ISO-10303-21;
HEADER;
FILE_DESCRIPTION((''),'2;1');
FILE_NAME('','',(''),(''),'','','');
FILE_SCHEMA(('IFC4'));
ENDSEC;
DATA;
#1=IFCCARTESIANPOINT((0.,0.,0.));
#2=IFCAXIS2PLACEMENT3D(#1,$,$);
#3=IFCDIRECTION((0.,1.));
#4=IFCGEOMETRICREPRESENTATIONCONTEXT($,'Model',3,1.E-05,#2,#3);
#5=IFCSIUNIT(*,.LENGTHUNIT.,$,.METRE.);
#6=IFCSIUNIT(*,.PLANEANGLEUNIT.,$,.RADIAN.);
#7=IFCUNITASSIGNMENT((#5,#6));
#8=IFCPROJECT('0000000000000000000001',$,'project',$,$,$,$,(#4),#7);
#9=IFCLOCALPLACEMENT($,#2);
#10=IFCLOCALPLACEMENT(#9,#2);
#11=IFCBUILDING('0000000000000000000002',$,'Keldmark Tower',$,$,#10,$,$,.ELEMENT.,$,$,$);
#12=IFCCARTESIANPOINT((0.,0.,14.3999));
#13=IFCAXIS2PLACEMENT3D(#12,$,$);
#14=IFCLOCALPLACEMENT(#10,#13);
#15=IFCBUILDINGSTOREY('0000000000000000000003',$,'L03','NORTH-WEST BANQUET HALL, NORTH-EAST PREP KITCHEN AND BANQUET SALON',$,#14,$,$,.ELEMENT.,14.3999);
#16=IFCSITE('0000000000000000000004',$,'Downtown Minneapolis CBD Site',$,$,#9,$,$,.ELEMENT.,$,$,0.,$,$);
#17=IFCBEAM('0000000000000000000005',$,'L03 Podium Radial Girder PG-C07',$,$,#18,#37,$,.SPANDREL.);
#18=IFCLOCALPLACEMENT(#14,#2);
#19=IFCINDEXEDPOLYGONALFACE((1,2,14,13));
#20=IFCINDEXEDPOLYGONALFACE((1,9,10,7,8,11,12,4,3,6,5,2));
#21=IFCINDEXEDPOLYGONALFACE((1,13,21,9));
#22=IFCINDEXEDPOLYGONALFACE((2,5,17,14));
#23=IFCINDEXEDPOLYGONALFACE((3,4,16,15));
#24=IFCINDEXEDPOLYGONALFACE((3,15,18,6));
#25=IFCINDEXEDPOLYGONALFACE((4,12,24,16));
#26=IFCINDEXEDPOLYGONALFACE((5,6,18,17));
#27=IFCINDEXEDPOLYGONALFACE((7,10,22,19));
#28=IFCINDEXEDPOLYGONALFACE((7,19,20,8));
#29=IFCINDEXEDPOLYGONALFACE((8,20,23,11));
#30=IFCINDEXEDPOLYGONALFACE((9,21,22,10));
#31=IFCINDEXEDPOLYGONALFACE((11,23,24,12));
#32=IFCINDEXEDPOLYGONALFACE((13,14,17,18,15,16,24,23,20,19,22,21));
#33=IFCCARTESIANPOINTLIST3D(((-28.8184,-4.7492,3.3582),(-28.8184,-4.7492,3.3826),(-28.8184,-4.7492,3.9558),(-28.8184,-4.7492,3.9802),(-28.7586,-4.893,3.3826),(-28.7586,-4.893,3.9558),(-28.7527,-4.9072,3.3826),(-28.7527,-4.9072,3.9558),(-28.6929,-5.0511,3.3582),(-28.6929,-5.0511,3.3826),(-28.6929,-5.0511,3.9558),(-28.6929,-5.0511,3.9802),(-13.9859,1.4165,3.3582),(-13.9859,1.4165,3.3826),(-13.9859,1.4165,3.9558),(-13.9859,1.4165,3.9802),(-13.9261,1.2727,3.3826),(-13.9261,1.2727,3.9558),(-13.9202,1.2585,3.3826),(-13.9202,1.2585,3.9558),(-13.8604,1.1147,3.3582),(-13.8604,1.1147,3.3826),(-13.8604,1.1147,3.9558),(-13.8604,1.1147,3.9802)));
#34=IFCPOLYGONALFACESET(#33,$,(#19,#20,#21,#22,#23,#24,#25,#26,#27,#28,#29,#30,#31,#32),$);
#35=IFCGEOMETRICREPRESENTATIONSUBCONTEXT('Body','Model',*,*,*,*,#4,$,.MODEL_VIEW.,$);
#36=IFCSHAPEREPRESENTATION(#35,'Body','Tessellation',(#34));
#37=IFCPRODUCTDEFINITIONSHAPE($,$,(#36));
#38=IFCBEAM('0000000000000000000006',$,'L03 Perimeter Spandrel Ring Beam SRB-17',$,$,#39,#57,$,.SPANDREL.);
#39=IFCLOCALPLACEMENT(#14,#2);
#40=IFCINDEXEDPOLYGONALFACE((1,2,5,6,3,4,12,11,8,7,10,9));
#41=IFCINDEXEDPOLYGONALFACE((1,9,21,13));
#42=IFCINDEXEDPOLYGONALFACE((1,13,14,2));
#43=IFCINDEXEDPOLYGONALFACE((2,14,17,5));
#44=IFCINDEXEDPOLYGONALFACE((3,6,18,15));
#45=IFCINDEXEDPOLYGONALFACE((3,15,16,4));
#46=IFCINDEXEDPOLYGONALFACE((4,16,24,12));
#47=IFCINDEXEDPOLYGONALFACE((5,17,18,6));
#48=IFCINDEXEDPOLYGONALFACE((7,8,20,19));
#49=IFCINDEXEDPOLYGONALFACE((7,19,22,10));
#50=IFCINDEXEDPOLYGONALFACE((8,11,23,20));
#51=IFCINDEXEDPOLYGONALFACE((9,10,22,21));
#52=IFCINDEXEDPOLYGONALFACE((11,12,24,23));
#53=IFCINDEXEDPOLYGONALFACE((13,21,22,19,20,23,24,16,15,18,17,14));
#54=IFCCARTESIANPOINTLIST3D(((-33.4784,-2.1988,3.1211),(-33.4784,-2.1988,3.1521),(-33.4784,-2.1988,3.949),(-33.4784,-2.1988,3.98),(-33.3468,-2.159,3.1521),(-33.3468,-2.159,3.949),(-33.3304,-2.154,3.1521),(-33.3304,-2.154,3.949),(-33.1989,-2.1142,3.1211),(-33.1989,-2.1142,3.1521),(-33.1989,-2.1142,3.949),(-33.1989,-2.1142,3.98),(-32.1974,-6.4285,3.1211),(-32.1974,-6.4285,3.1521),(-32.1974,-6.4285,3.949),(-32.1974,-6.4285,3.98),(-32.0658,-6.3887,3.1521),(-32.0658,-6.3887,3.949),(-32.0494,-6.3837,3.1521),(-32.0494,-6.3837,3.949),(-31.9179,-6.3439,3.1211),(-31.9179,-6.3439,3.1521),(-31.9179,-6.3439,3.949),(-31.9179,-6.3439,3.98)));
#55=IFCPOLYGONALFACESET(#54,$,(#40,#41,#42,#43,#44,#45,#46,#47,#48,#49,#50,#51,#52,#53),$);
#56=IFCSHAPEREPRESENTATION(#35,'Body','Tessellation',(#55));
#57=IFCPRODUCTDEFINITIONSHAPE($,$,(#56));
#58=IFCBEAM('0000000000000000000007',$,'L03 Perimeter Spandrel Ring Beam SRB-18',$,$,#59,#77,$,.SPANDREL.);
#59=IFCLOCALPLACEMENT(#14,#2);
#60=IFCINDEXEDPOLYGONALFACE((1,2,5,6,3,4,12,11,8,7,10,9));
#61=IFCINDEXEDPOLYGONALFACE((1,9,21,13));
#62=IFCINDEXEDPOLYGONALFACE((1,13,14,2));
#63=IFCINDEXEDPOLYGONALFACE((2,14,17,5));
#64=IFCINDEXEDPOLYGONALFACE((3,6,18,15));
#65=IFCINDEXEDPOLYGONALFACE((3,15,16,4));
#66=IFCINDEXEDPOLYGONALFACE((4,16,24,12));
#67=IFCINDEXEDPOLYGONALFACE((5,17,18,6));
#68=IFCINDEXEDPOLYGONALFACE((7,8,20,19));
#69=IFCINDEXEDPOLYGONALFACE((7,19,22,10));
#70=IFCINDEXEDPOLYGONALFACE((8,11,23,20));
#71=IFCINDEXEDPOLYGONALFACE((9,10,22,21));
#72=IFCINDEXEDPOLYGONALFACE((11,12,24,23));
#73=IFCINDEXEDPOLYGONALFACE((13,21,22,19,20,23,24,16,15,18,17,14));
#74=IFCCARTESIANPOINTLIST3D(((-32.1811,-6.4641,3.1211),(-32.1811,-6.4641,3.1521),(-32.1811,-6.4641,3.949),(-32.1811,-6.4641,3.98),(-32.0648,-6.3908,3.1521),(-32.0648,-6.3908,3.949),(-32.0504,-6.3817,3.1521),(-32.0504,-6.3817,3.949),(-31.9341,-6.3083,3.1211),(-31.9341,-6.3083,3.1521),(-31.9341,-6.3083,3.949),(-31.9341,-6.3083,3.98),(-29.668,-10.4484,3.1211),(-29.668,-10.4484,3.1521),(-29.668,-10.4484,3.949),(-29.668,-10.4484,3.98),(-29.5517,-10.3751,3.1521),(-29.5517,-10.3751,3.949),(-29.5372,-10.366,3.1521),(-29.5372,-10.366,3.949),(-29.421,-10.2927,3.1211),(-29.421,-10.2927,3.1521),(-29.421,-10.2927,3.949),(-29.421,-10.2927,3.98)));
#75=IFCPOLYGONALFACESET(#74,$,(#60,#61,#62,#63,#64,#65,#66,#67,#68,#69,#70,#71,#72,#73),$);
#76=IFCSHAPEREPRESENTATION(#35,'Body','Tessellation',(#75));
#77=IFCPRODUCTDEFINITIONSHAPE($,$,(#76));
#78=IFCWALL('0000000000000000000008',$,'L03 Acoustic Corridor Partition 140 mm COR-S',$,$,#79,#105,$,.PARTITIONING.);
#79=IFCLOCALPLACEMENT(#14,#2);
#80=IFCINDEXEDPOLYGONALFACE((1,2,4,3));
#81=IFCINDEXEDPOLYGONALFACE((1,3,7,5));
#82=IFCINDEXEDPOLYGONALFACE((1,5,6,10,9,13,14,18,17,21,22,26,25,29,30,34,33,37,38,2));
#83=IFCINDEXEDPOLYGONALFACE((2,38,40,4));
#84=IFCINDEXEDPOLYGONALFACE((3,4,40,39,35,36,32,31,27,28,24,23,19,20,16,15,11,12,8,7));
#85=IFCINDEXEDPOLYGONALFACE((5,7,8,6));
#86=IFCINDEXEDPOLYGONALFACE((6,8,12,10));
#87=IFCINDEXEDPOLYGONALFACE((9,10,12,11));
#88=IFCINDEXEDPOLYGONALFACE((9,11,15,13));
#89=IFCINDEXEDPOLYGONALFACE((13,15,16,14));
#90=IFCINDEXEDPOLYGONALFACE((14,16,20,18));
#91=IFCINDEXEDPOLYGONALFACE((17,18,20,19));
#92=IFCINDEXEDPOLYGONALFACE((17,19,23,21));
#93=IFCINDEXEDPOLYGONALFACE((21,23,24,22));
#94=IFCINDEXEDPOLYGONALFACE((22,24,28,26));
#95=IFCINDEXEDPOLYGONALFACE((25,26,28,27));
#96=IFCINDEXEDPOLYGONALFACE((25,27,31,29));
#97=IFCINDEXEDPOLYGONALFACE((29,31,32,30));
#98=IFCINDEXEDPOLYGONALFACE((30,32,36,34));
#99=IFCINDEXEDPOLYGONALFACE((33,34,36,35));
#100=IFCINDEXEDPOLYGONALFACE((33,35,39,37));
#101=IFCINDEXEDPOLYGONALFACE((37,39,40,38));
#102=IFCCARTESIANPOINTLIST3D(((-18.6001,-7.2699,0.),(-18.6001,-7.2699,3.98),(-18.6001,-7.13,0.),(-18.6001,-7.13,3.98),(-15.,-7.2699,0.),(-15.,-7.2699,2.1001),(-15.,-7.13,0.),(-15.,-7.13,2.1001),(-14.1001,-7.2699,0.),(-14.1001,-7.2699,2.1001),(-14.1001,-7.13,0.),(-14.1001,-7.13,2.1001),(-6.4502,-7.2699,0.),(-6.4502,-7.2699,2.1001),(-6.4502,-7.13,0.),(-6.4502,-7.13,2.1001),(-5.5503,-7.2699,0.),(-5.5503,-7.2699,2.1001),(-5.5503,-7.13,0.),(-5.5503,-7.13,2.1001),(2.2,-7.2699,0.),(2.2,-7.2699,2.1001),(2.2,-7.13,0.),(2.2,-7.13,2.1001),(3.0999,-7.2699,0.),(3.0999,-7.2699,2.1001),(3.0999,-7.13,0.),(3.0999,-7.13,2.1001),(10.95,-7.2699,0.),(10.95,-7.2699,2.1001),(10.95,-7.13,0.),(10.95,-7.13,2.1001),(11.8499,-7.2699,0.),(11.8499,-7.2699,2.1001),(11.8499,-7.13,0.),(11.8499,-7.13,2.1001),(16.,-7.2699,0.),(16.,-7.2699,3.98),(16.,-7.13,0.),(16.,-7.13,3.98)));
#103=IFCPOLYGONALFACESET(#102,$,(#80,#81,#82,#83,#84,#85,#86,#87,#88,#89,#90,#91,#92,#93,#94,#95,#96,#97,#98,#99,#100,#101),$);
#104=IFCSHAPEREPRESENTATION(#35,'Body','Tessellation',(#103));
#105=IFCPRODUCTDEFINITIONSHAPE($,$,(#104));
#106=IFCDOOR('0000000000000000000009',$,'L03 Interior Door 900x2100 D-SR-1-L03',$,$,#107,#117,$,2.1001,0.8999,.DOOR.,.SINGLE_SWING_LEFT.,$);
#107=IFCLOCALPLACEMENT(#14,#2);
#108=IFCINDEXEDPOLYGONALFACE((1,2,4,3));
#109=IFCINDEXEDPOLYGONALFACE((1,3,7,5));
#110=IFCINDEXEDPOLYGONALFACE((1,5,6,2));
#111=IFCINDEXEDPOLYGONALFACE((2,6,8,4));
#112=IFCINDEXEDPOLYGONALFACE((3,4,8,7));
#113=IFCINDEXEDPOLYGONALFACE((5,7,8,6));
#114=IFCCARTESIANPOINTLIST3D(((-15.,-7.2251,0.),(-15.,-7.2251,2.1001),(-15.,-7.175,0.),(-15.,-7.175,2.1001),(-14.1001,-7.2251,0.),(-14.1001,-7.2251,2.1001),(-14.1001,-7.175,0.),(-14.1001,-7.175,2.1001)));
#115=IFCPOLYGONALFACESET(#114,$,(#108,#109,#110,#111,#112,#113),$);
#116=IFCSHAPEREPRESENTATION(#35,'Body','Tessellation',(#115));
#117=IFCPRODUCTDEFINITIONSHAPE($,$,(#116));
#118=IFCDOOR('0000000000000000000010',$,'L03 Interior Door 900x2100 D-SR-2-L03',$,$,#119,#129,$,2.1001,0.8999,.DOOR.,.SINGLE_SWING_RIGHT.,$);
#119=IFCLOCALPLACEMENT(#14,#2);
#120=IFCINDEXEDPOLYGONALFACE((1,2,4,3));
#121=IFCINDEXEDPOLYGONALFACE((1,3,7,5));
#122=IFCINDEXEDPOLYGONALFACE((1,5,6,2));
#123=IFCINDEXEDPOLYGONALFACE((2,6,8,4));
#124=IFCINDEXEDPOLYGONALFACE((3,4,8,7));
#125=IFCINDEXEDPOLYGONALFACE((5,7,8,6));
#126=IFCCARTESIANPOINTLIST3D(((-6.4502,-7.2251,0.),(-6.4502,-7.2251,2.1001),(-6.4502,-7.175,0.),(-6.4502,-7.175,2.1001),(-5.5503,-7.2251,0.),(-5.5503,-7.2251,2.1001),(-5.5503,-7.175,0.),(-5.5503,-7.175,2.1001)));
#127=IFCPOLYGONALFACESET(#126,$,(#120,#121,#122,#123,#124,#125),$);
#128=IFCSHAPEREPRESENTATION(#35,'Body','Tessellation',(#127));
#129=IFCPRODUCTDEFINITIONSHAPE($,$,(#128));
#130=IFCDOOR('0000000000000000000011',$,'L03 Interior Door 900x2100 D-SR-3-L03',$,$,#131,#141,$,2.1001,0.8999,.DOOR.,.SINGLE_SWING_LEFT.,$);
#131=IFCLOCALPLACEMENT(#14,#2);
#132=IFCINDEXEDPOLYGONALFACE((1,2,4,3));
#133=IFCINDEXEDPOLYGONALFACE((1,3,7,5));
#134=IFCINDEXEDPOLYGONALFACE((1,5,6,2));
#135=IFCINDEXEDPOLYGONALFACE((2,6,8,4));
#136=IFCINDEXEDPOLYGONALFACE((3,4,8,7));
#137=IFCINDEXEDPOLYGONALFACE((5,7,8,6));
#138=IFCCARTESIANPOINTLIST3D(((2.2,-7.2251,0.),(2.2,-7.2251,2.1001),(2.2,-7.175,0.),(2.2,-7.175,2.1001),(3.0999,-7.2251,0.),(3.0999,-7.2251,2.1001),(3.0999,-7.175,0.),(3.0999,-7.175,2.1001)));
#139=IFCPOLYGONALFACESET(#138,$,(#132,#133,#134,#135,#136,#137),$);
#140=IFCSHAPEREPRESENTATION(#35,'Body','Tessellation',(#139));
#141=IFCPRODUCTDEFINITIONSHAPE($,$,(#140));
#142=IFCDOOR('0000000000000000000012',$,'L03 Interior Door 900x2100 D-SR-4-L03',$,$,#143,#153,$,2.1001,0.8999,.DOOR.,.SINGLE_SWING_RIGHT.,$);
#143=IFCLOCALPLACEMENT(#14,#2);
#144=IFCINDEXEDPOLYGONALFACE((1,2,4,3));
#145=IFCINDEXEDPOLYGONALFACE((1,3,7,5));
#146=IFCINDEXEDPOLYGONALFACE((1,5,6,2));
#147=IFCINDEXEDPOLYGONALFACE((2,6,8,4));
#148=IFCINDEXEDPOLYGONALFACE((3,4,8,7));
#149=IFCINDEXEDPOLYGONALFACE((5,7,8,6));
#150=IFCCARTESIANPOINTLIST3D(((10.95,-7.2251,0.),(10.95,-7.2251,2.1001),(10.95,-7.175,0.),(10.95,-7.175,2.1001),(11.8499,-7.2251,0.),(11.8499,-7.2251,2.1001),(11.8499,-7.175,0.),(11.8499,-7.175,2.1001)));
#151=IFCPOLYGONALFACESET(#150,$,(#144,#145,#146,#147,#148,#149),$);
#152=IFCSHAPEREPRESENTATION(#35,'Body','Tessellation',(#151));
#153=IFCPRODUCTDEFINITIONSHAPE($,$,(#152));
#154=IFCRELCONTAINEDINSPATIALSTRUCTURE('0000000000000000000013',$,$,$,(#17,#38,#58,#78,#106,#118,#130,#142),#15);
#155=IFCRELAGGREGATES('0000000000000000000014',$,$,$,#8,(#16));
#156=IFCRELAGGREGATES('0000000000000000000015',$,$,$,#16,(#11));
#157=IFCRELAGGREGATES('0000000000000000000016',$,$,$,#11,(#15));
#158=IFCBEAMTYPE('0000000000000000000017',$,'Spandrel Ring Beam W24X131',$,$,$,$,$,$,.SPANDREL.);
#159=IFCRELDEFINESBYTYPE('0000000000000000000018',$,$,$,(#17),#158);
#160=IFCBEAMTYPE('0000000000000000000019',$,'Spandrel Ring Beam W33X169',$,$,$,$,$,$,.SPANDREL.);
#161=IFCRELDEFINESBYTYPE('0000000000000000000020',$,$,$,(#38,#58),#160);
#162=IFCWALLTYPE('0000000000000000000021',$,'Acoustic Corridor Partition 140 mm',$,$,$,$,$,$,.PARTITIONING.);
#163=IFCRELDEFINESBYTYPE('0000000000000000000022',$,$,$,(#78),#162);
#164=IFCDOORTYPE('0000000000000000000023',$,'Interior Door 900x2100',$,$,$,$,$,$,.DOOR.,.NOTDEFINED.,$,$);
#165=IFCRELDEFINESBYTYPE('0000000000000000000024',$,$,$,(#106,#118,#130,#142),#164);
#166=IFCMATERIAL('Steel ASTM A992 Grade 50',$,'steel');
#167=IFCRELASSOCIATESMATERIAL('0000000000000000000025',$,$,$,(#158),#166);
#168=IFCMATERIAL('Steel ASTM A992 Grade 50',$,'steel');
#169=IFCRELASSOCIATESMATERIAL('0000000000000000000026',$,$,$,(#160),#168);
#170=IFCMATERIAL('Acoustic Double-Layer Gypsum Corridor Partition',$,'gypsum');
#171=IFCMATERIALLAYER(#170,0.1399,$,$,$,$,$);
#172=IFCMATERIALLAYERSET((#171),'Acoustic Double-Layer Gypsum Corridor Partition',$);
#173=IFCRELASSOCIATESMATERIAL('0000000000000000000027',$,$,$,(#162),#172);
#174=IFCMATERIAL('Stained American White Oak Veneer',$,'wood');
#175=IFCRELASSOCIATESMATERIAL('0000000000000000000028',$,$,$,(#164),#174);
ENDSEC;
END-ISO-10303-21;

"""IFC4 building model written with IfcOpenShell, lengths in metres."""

from ifc_helpers import new_model, si_unit, direction, frame, frame_2d, origin, origin_2d, place, context, subcontext, project, spatial, rectangle, i_section, extrude, material, layer, layer_set, material_profile, profile_set, type_object, element, fill, save


model = new_model("IFC4")

# Units and contexts
model_context = context("Model", 3, precision=1e-05, world=origin(), true_north=direction((0.0, 1.0)))
body_context = subcontext(model_context, "Body", "Model", "MODEL_VIEW")
ifc_project = project(units=[si_unit("LENGTHUNIT", "METRE"), si_unit("PLANEANGLEUNIT", "RADIAN")], contexts=[model_context])

# Site, building, storey
site_placement = place(None, origin())
site = spatial("IfcSite", under=ifc_project, at=site_placement, Name="Downtown Minneapolis CBD Site", CompositionType="ELEMENT", RefElevation=0.0)
building_placement = place(site_placement, origin())
building = spatial("IfcBuilding", under=site, at=building_placement, Name="Keldmark Tower", CompositionType="ELEMENT")
storey_placement = place(building_placement, frame((0.0, 0.0, 14.3999)))
storey = spatial("IfcBuildingStorey", under=building, at=storey_placement, Name="L03", Description="NORTH-WEST BANQUET HALL, NORTH-EAST PREP KITCHEN AND BANQUET SALON", CompositionType="ELEMENT", Elevation=14.3999)

# Beams
ifc_material_1 = material(Name="Steel ASTM A992 Grade 50", Category="steel")
ifc_material_profile_1 = material_profile(ifc_material_1, i_section(OverallWidth=0.3269, OverallDepth=0.6221, WebThickness=0.0154, FlangeThickness=0.0244, at=origin_2d()), Name="W24X131")
ifc_profile_set_1 = profile_set([ifc_material_profile_1], Name="Steel ASTM A992 Grade 50")
beam_type_1 = type_object("IfcBeamType", Name="Spandrel Ring Beam W24X131", PredefinedType="SPANDREL", material=ifc_profile_set_1)
beam_1_placement = place(storey_placement, frame((-28.7556, -4.9001, 3.6692), z_axis=(0.923396, 0.383849, 0.0), x_axis=(-0.383849, 0.923396, 0.0)))
element("IfcBeam", 1, at=beam_1_placement, inside=storey, type_object=beam_type_1, Name="L03 Podium Radial Girder PG-C07", PredefinedType="SPANDREL", context=body_context, shape_type="SweptSolid", body=[
    extrude(i_section(OverallWidth=0.3269, OverallDepth=0.6221, WebThickness=0.0154, FlangeThickness=0.0244, at=origin_2d()), origin(), (0.0, 0.0, 1.0), 16.063),
])
ifc_material_2 = material(Name="Steel ASTM A992 Grade 50", Category="steel")
ifc_material_profile_2 = material_profile(ifc_material_2, i_section(OverallWidth=0.292, OverallDepth=0.8589, WebThickness=0.0171, FlangeThickness=0.031, at=origin_2d()), Name="W33X169")
ifc_profile_set_2 = profile_set([ifc_material_profile_2], Name="Steel ASTM A992 Grade 50")
beam_type_2 = type_object("IfcBeamType", Name="Spandrel Ring Beam W33X169", PredefinedType="SPANDREL", material=ifc_profile_set_2)
beam_2_placement = place(storey_placement, frame((-33.3386, -2.1565, 3.5505), z_axis=(0.289856, -0.95707, 0.0), x_axis=(0.95707, 0.289856, 0.0)))
element("IfcBeam", 2, at=beam_2_placement, inside=storey, type_object=beam_type_2, Name="L03 Perimeter Spandrel Ring Beam SRB-17", PredefinedType="SPANDREL", context=body_context, shape_type="SweptSolid", body=[
    extrude(i_section(OverallWidth=0.292, OverallDepth=0.8589, WebThickness=0.0171, FlangeThickness=0.031, at=origin_2d()), origin(), (0.0, 0.0, 1.0), 4.4194),
])
beam_3_placement = place(storey_placement, frame((-32.0576, -6.3862, 3.5505), z_axis=(0.533498, -0.845802, 0.0), x_axis=(0.845802, 0.533498, 0.0)))
element("IfcBeam", 3, at=beam_3_placement, inside=storey, type_object=beam_type_2, Name="L03 Perimeter Spandrel Ring Beam SRB-18", PredefinedType="SPANDREL", context=body_context, shape_type="SweptSolid", body=[
    extrude(i_section(OverallWidth=0.292, OverallDepth=0.8589, WebThickness=0.0171, FlangeThickness=0.031, at=origin_2d()), origin(), (0.0, 0.0, 1.0), 4.7107),
])

# Wall, openings, doors
ifc_material_3 = material(Name="Acoustic Double-Layer Gypsum Corridor Partition", Category="gypsum")
ifc_layer_1 = layer(ifc_material_3, 0.1399)
ifc_layer_set_1 = layer_set([ifc_layer_1], Name="Acoustic Double-Layer Gypsum Corridor Partition")
wall_type_1 = type_object("IfcWallType", Name="Acoustic Corridor Partition 140 mm", PredefinedType="PARTITIONING", material=ifc_layer_set_1)
wall_1_placement = place(storey_placement, frame((-18.6001, -7.2, 0.0), z_axis=(0.0, 0.0, 1.0), x_axis=(1.0, 0.0, 0.0)))
wall_1 = element("IfcWall", 4, at=wall_1_placement, inside=storey, type_object=wall_type_1, Name="L03 Acoustic Corridor Partition 140 mm COR-S", PredefinedType="PARTITIONING", context=body_context, shape_type="SweptSolid", body=[
    extrude(rectangle(XDim=34.6001, YDim=0.1399, at=frame_2d((17.3, 0.0))), origin(), (0.0, 0.0, 1.0), 3.98),
])
opening_1_placement = place(wall_1_placement, frame((3.6001, 0.0, 0.0)))
opening_1 = element("IfcOpeningElement", 5, at=opening_1_placement, cuts=wall_1, PredefinedType="OPENING", context=body_context, shape_type="SweptSolid", body=[
    extrude(rectangle(XDim=0.8999, YDim=2.1001, at=frame_2d((0.45, 1.05))), frame((0.0, 0.0798, 0.0), z_axis=(0.0, -1.0, 0.0), x_axis=(1.0, 0.0, 0.0)), (0.0, 0.0, 1.0), 0.1599),
])
opening_2_placement = place(wall_1_placement, frame((12.1499, 0.0, 0.0)))
opening_2 = element("IfcOpeningElement", 6, at=opening_2_placement, cuts=wall_1, PredefinedType="OPENING", context=body_context, shape_type="SweptSolid", body=[
    extrude(rectangle(XDim=0.8999, YDim=2.1001, at=frame_2d((0.45, 1.05))), frame((0.0, 0.0798, 0.0), z_axis=(0.0, -1.0, 0.0), x_axis=(1.0, 0.0, 0.0)), (0.0, 0.0, 1.0), 0.1599),
])
opening_3_placement = place(wall_1_placement, frame((20.8, 0.0, 0.0)))
opening_3 = element("IfcOpeningElement", 7, at=opening_3_placement, cuts=wall_1, PredefinedType="OPENING", context=body_context, shape_type="SweptSolid", body=[
    extrude(rectangle(XDim=0.8999, YDim=2.1001, at=frame_2d((0.45, 1.05))), frame((0.0, 0.0798, 0.0), z_axis=(0.0, -1.0, 0.0), x_axis=(1.0, 0.0, 0.0)), (0.0, 0.0, 1.0), 0.1599),
])
opening_4_placement = place(wall_1_placement, frame((29.55, 0.0, 0.0)))
opening_4 = element("IfcOpeningElement", 8, at=opening_4_placement, cuts=wall_1, PredefinedType="OPENING", context=body_context, shape_type="SweptSolid", body=[
    extrude(rectangle(XDim=0.8999, YDim=2.1001, at=frame_2d((0.45, 1.05))), frame((0.0, 0.0798, 0.0), z_axis=(0.0, -1.0, 0.0), x_axis=(1.0, 0.0, 0.0)), (0.0, 0.0, 1.0), 0.1599),
])
ifc_material_4 = material(Name="Stained American White Oak Veneer", Category="wood")
door_type = type_object("IfcDoorType", Name="Interior Door 900x2100", OperationType="NOTDEFINED", PredefinedType="DOOR", material=ifc_material_4)
door_1_placement = place(opening_1_placement, origin())
door_1 = element("IfcDoor", 9, at=door_1_placement, inside=storey, type_object=door_type, Name="L03 Interior Door 900x2100 D-SR-1-L03", OperationType="SINGLE_SWING_LEFT", OverallHeight=2.1001, OverallWidth=0.8999, PredefinedType="DOOR", context=body_context, shape_type="SweptSolid", body=[
    extrude(rectangle(XDim=0.8999, YDim=2.1001, at=frame_2d((0.45, 1.05))), frame((0.0, 0.0249, 0.0), z_axis=(0.0, -1.0, 0.0), x_axis=(1.0, 0.0, 0.0)), (0.0, 0.0, 1.0), 0.05),
])
fill(opening_1, door_1)
door_2_placement = place(opening_2_placement, origin())
door_2 = element("IfcDoor", 10, at=door_2_placement, inside=storey, type_object=door_type, Name="L03 Interior Door 900x2100 D-SR-2-L03", OperationType="SINGLE_SWING_RIGHT", OverallHeight=2.1001, OverallWidth=0.8999, PredefinedType="DOOR", context=body_context, shape_type="SweptSolid", body=[
    extrude(rectangle(XDim=0.8999, YDim=2.1001, at=frame_2d((0.45, 1.05))), frame((0.0, 0.0249, 0.0), z_axis=(0.0, -1.0, 0.0), x_axis=(1.0, 0.0, 0.0)), (0.0, 0.0, 1.0), 0.05),
])
fill(opening_2, door_2)
door_3_placement = place(opening_3_placement, origin())
door_3 = element("IfcDoor", 11, at=door_3_placement, inside=storey, type_object=door_type, Name="L03 Interior Door 900x2100 D-SR-3-L03", OperationType="SINGLE_SWING_LEFT", OverallHeight=2.1001, OverallWidth=0.8999, PredefinedType="DOOR", context=body_context, shape_type="SweptSolid", body=[
    extrude(rectangle(XDim=0.8999, YDim=2.1001, at=frame_2d((0.45, 1.05))), frame((0.0, 0.0249, 0.0), z_axis=(0.0, -1.0, 0.0), x_axis=(1.0, 0.0, 0.0)), (0.0, 0.0, 1.0), 0.05),
])
fill(opening_3, door_3)
door_4_placement = place(opening_4_placement, origin())
door_4 = element("IfcDoor", 12, at=door_4_placement, inside=storey, type_object=door_type, Name="L03 Interior Door 900x2100 D-SR-4-L03", OperationType="SINGLE_SWING_RIGHT", OverallHeight=2.1001, OverallWidth=0.8999, PredefinedType="DOOR", context=body_context, shape_type="SweptSolid", body=[
    extrude(rectangle(XDim=0.8999, YDim=2.1001, at=frame_2d((0.45, 1.05))), frame((0.0, 0.0249, 0.0), z_axis=(0.0, -1.0, 0.0), x_axis=(1.0, 0.0, 0.0)), (0.0, 0.0, 1.0), 0.05),
])
fill(opening_4, door_4)

save(model, "model.ifc")
